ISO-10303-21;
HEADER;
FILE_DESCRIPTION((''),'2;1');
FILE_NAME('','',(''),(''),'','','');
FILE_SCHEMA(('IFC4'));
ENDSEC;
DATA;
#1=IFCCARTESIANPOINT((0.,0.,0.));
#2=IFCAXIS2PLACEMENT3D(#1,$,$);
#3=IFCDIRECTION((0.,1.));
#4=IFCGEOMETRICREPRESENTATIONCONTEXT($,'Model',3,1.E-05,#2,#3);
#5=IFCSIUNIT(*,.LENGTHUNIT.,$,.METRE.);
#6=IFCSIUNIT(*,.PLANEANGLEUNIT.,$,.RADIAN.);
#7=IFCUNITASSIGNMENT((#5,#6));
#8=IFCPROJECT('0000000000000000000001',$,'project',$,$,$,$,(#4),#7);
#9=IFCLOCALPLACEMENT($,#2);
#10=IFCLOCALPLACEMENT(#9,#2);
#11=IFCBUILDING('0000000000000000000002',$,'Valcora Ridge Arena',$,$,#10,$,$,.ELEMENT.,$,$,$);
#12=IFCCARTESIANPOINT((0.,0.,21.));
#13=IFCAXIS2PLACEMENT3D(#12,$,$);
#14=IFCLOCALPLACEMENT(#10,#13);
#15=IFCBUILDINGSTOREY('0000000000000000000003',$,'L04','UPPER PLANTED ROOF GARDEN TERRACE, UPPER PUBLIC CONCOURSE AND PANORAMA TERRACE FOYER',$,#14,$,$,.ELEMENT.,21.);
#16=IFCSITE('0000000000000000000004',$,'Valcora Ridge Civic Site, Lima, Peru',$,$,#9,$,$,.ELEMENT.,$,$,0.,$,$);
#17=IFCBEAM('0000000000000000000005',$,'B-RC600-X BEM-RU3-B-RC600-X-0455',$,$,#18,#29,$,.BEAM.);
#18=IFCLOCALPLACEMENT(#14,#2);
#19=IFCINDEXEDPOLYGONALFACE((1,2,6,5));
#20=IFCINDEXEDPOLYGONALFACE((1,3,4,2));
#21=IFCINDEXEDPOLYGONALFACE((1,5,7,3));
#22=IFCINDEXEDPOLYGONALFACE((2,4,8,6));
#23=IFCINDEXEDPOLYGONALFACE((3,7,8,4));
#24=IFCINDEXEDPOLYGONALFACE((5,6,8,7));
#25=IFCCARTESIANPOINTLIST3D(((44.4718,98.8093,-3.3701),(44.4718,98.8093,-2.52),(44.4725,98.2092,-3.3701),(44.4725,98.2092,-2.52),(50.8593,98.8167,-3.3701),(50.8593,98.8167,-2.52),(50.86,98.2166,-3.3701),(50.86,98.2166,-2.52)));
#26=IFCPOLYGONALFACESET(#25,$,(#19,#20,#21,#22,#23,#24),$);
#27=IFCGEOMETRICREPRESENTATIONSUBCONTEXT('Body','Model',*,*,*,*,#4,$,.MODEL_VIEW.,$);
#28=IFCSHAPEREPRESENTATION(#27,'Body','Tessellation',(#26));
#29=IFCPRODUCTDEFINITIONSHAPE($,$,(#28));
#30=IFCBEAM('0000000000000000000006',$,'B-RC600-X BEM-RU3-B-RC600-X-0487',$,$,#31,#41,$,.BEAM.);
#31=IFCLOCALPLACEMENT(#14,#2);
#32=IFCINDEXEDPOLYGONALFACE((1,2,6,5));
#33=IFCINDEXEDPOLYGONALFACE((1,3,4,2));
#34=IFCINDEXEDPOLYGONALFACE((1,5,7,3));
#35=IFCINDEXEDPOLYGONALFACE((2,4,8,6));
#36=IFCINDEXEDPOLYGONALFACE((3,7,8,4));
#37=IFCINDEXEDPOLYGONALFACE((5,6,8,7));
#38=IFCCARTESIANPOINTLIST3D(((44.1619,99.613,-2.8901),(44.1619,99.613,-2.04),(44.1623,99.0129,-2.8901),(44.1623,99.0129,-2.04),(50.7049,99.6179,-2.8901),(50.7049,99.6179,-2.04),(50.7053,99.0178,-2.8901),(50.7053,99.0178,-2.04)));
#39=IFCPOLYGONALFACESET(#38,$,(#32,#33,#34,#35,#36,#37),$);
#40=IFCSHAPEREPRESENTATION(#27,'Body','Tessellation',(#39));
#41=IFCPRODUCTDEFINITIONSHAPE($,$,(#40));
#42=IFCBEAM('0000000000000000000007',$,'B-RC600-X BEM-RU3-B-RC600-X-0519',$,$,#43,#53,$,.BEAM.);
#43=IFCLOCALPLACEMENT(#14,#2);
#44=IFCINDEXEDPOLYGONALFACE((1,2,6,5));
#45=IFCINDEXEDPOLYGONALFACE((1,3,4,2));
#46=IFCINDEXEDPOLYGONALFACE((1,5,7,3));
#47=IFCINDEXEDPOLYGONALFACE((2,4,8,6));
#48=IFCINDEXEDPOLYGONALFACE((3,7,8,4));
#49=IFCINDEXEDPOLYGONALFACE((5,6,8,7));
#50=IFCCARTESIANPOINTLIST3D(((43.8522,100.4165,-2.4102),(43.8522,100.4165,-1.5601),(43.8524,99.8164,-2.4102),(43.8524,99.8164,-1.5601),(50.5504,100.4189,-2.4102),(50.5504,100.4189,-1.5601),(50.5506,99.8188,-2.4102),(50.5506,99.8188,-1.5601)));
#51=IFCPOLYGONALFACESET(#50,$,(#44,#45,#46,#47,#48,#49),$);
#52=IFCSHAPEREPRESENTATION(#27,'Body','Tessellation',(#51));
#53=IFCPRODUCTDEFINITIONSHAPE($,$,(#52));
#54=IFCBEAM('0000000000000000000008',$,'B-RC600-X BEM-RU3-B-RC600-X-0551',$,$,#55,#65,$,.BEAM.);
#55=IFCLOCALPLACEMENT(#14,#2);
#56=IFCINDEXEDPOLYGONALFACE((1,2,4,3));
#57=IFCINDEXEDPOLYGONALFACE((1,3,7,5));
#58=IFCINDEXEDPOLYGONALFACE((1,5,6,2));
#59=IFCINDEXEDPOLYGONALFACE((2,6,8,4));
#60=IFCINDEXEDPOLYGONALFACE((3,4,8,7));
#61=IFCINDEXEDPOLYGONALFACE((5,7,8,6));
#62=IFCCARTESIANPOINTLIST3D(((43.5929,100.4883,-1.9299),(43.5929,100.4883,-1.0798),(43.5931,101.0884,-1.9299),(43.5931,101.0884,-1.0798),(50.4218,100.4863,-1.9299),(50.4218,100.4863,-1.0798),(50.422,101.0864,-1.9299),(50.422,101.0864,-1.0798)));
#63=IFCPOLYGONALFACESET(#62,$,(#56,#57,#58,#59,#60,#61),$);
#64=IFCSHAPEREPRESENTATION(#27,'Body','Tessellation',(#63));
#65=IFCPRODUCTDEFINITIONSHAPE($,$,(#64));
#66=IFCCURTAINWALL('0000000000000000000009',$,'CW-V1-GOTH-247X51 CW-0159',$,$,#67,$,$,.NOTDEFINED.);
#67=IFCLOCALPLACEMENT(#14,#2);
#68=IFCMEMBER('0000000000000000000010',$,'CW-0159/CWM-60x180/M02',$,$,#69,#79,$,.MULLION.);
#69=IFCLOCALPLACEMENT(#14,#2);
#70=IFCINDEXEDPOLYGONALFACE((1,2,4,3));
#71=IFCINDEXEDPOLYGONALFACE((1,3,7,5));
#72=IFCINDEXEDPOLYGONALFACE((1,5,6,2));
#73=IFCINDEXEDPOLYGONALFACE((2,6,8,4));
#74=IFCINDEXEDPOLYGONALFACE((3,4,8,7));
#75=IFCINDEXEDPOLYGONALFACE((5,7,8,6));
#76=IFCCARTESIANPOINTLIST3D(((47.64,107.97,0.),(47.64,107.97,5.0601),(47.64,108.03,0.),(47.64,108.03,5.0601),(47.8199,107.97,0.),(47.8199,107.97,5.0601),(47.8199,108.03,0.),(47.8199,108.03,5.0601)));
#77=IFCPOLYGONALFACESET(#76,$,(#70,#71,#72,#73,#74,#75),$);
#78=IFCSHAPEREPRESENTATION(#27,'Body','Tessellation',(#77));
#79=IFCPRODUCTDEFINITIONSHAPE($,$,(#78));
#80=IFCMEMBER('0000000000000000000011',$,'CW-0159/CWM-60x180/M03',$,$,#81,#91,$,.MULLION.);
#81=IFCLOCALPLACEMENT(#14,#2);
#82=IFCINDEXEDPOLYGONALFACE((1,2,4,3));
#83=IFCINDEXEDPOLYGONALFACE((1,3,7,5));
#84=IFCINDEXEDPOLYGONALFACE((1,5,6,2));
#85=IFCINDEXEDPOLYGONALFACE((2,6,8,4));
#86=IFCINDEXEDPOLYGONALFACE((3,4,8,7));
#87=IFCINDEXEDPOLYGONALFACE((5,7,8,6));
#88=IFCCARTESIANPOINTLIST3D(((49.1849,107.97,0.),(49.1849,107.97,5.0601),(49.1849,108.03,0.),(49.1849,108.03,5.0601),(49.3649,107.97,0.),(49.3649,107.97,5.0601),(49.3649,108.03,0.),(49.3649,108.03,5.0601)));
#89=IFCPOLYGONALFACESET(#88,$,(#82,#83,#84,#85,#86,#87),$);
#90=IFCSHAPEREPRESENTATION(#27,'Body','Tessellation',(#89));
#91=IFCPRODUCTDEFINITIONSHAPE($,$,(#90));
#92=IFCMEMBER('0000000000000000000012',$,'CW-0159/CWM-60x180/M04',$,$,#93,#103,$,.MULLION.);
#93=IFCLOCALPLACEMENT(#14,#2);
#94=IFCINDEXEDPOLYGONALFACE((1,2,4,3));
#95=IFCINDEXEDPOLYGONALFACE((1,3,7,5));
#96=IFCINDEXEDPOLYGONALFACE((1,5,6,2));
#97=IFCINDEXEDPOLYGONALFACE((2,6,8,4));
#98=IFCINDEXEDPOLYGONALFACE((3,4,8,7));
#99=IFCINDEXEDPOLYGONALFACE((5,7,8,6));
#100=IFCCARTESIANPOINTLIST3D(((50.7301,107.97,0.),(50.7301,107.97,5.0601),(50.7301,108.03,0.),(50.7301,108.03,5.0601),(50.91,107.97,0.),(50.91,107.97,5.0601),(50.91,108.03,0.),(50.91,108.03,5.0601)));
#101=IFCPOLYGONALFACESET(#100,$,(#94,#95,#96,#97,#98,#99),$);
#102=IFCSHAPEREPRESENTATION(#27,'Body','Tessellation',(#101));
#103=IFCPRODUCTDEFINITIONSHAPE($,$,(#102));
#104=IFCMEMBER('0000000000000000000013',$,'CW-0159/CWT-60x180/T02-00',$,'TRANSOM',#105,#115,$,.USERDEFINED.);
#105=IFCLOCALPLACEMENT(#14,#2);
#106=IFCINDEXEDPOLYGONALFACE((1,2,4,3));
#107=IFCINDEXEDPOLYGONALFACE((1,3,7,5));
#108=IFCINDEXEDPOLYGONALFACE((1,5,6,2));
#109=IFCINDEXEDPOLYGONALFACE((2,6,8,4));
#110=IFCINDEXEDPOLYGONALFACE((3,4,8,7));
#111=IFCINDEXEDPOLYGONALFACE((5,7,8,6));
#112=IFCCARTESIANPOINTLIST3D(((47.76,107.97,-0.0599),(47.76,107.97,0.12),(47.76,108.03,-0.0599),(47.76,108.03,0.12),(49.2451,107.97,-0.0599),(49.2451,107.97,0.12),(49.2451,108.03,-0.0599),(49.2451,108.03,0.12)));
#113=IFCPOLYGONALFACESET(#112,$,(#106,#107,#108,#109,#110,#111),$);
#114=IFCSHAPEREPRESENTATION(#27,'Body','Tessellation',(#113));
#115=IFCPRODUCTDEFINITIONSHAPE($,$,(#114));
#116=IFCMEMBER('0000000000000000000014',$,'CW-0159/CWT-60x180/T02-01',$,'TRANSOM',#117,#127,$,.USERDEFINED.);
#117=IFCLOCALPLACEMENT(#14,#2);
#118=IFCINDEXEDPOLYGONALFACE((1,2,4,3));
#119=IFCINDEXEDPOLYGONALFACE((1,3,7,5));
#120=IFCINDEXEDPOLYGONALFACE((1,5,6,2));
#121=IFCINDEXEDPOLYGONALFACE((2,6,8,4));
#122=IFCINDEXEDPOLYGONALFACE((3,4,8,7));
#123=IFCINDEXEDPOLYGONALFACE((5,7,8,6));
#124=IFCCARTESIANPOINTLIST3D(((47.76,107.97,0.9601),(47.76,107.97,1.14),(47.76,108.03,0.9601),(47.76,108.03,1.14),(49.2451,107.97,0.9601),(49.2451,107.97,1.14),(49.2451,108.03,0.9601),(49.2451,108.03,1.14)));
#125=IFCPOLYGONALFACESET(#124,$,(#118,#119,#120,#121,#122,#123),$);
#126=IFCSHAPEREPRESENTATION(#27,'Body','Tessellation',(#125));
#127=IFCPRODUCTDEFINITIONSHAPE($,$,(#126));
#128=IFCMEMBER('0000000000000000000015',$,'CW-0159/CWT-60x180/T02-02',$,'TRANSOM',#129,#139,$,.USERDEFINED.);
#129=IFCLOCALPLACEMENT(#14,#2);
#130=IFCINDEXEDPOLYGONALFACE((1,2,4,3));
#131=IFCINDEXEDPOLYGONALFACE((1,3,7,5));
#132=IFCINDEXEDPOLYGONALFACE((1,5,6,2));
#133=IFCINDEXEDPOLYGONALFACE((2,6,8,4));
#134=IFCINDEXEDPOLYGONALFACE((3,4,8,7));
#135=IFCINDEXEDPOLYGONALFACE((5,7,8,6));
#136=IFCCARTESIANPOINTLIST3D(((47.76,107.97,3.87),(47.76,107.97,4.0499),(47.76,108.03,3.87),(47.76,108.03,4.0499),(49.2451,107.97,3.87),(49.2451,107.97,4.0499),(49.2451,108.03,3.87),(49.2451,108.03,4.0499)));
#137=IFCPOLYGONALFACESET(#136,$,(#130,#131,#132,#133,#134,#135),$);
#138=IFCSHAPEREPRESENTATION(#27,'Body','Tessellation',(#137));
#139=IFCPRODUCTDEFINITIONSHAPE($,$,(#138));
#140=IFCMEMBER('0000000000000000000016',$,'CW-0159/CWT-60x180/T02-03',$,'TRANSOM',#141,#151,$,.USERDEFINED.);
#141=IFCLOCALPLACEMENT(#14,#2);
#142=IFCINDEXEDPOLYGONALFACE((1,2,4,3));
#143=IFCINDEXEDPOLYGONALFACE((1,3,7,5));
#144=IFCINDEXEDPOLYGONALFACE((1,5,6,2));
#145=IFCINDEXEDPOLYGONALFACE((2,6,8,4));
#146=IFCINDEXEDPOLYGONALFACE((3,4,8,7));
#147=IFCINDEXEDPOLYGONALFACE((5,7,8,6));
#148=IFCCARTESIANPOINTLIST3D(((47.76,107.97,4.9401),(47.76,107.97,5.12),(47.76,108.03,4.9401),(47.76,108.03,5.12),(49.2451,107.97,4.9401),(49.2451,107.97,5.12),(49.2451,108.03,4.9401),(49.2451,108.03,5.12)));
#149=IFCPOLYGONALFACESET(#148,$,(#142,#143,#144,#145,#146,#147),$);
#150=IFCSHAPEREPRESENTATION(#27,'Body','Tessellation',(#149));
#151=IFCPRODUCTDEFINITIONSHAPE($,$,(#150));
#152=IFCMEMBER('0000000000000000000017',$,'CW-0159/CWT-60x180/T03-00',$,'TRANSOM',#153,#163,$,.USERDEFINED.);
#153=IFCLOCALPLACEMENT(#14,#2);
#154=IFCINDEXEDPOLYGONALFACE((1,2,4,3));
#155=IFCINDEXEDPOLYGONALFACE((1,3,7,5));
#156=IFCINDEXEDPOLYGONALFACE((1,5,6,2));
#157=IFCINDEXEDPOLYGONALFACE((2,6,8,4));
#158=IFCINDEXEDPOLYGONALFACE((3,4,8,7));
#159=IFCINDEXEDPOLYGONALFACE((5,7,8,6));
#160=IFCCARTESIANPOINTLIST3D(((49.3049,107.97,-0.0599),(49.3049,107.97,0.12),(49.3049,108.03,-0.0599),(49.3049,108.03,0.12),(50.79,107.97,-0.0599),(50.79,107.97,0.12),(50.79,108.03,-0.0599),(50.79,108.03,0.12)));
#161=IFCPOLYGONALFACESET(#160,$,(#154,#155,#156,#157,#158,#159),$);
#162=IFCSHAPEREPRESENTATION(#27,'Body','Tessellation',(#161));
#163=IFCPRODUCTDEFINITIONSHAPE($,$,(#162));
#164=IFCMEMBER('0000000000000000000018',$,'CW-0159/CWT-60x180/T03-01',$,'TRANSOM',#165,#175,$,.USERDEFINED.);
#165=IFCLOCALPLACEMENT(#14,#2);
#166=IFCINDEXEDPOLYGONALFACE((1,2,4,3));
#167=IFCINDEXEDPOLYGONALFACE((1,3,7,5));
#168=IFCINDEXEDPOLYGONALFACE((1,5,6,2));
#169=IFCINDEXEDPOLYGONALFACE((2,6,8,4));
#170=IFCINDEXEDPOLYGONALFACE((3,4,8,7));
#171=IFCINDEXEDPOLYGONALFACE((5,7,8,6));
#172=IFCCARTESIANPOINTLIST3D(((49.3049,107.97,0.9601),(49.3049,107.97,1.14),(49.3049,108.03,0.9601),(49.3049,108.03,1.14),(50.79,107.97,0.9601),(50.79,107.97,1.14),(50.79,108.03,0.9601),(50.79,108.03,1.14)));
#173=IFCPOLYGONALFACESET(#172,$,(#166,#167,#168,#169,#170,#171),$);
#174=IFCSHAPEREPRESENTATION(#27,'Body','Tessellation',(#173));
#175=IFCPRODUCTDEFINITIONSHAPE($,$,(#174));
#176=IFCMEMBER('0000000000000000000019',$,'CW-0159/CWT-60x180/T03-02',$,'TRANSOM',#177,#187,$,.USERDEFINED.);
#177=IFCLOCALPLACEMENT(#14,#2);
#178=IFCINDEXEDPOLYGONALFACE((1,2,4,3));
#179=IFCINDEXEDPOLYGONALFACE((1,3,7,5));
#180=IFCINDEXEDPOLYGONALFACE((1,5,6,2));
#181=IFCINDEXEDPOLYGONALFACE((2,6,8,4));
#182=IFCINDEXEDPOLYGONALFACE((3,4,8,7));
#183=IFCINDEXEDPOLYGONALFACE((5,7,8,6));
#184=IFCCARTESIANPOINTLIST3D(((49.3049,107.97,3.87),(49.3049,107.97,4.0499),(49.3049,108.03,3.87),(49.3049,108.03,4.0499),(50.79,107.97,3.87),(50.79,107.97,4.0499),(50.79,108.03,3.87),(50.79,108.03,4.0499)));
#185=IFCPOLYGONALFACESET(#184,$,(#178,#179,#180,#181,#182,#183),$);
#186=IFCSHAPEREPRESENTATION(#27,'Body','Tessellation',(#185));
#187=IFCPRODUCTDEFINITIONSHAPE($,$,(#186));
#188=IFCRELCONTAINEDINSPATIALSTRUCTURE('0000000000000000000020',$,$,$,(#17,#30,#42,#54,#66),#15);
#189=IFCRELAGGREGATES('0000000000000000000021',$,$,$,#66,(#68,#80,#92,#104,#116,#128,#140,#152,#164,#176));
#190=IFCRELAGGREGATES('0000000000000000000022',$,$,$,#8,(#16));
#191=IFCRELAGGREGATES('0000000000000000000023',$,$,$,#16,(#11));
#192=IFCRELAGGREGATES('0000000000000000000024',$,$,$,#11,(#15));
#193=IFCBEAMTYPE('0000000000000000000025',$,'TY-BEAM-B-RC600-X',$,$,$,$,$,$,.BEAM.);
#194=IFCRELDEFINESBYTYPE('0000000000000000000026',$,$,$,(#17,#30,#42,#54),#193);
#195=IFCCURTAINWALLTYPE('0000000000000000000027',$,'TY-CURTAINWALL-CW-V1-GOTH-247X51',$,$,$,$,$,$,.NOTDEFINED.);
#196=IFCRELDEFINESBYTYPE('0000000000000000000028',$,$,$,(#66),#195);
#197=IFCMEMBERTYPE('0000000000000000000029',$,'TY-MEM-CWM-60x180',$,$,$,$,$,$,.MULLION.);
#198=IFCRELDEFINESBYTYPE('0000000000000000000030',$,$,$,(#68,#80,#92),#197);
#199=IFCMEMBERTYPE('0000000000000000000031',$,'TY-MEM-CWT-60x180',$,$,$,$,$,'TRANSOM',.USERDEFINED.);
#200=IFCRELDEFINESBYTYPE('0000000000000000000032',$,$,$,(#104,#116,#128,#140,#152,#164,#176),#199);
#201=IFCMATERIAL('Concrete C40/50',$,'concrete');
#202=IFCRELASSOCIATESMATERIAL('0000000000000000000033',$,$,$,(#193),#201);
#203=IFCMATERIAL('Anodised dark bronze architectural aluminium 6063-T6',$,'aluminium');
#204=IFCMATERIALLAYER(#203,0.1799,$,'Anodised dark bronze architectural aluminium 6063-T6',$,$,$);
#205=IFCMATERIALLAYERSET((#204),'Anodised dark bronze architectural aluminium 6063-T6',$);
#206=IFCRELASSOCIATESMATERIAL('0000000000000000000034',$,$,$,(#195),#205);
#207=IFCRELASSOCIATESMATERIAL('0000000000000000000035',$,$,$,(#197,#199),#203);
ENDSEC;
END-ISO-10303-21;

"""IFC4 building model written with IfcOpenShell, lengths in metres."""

from ifc_helpers import new_model, si_unit, direction, frame, origin, origin_2d, place, context, subcontext, project, spatial, rectangle, extrude, material, layer, layer_set, material_profile, profile_set, type_object, element, aggregate, save


model = new_model("IFC4")

# Units and contexts
model_context = context("Model", 3, precision=1e-05, world=origin(), true_north=direction((0.0, 1.0)))
body_context = subcontext(model_context, "Body", "Model", "MODEL_VIEW")
ifc_project = project(units=[si_unit("LENGTHUNIT", "METRE"), si_unit("PLANEANGLEUNIT", "RADIAN")], contexts=[model_context])

# Site, building, storey
site_placement = place(None, origin())
site = spatial("IfcSite", under=ifc_project, at=site_placement, Name="Valcora Ridge Civic Site, Lima, Peru", CompositionType="ELEMENT", RefElevation=0.0)
building_placement = place(site_placement, origin())
building = spatial("IfcBuilding", under=site, at=building_placement, Name="Valcora Ridge Arena", CompositionType="ELEMENT")
storey_placement = place(building_placement, frame((0.0, 0.0, 21.0)))
storey = spatial("IfcBuildingStorey", under=building, at=storey_placement, Name="L04", Description="UPPER PLANTED ROOF GARDEN TERRACE, UPPER PUBLIC CONCOURSE AND PANORAMA TERRACE FOYER", CompositionType="ELEMENT", Elevation=21.0)

# Beams
ifc_material_1 = material(Name="Concrete C40/50", Category="concrete")
ifc_material_profile_1 = material_profile(ifc_material_1, rectangle(XDim=0.6001, YDim=0.8501, at=origin_2d()), Name="RC 600x850")
ifc_profile_set_1 = profile_set([ifc_material_profile_1], Name="Concrete C40/50")
beam_type = type_object("IfcBeamType", Name="TY-BEAM-B-RC600-X", PredefinedType="BEAM", material=ifc_profile_set_1)
beam_1_placement = place(storey_placement, frame((50.8596, 98.5166, -2.9451), z_axis=(-0.999999, -0.001147, 0.0), x_axis=(0.001147, -0.999999, 0.0)))
element("IfcBeam", 1, at=beam_1_placement, inside=storey, type_object=beam_type, Name="B-RC600-X BEM-RU3-B-RC600-X-0455", PredefinedType="BEAM", context=body_context, shape_type="SweptSolid", body=[
    extrude(rectangle(XDim=0.6001, YDim=0.8501, at=origin_2d()), origin(), (0.0, 0.0, 1.0), 6.3875),
])
beam_2_placement = place(storey_placement, frame((50.7051, 99.3179, -2.4651), z_axis=(-1.0, -0.000746, 0.0), x_axis=(0.000746, -1.0, 0.0)))
element("IfcBeam", 2, at=beam_2_placement, inside=storey, type_object=beam_type, Name="B-RC600-X BEM-RU3-B-RC600-X-0487", PredefinedType="BEAM", context=body_context, shape_type="SweptSolid", body=[
    extrude(rectangle(XDim=0.6001, YDim=0.8501, at=origin_2d()), origin(), (0.0, 0.0, 1.0), 6.543),
])
beam_3_placement = place(storey_placement, frame((50.5505, 100.1189, -1.9851), z_axis=(-1.0, -0.000364, 0.0), x_axis=(0.000364, -1.0, 0.0)))
element("IfcBeam", 3, at=beam_3_placement, inside=storey, type_object=beam_type, Name="B-RC600-X BEM-RU3-B-RC600-X-0519", PredefinedType="BEAM", context=body_context, shape_type="SweptSolid", body=[
    extrude(rectangle(XDim=0.6001, YDim=0.8501, at=origin_2d()), origin(), (0.0, 0.0, 1.0), 6.6982),
])
beam_4_placement = place(storey_placement, frame((50.4219, 100.7864, -1.5049), z_axis=(-1.0, 0.000286, 0.0), x_axis=(-0.000286, -1.0, 0.0)))
element("IfcBeam", 4, at=beam_4_placement, inside=storey, type_object=beam_type, Name="B-RC600-X BEM-RU3-B-RC600-X-0551", PredefinedType="BEAM", context=body_context, shape_type="SweptSolid", body=[
    extrude(rectangle(XDim=0.6001, YDim=0.8501, at=origin_2d()), origin(), (0.0, 0.0, 1.0), 6.8289),
])

# Curtain wall, members
ifc_material_2 = material(Name="Anodised dark bronze architectural aluminium 6063-T6", Category="aluminium")
ifc_layer_1 = layer(ifc_material_2, 0.1799, Name="Anodised dark bronze architectural aluminium 6063-T6")
ifc_layer_set_1 = layer_set([ifc_layer_1], Name="Anodised dark bronze architectural aluminium 6063-T6")
curtain_wall_type = type_object("IfcCurtainWallType", Name="TY-CURTAINWALL-CW-V1-GOTH-247X51", PredefinedType="NOTDEFINED", material=ifc_layer_set_1)
curtain_wall_placement = place(storey_placement, origin())
curtain_wall = element("IfcCurtainWall", 5, at=curtain_wall_placement, inside=storey, type_object=curtain_wall_type, Name="CW-V1-GOTH-247X51 CW-0159", PredefinedType="NOTDEFINED")
ifc_material_profile_2 = material_profile(ifc_material_2, rectangle(XDim=0.0601, YDim=0.1799, at=origin_2d()), Name="ALU MULLION 60x180")
ifc_profile_set_2 = profile_set([ifc_material_profile_2], Name="Anodised dark bronze architectural aluminium 6063-T6")
member_type_1 = type_object("IfcMemberType", Name="TY-MEM-CWM-60x180", PredefinedType="MULLION", material=ifc_profile_set_2)
member_1_placement = place(storey_placement, frame((47.73, 108.0, 0.0), z_axis=(0.0, 0.0, 1.0), x_axis=(0.0, 1.0, 0.0)))
member_1 = element("IfcMember", 6, at=member_1_placement, type_object=member_type_1, Name="CW-0159/CWM-60x180/M02", PredefinedType="MULLION", context=body_context, shape_type="SweptSolid", body=[
    extrude(rectangle(XDim=0.0601, YDim=0.1799, at=origin_2d()), origin(), (0.0, 0.0, 1.0), 5.0601),
])
member_2_placement = place(storey_placement, frame((49.2749, 108.0, 0.0), z_axis=(0.0, 0.0, 1.0), x_axis=(0.0, 1.0, 0.0)))
member_2 = element("IfcMember", 7, at=member_2_placement, type_object=member_type_1, Name="CW-0159/CWM-60x180/M03", PredefinedType="MULLION", context=body_context, shape_type="SweptSolid", body=[
    extrude(rectangle(XDim=0.0601, YDim=0.1799, at=origin_2d()), origin(), (0.0, 0.0, 1.0), 5.0601),
])
member_3_placement = place(storey_placement, frame((50.8201, 108.0, 0.0), z_axis=(0.0, 0.0, 1.0), x_axis=(0.0, 1.0, 0.0)))
member_3 = element("IfcMember", 8, at=member_3_placement, type_object=member_type_1, Name="CW-0159/CWM-60x180/M04", PredefinedType="MULLION", context=body_context, shape_type="SweptSolid", body=[
    extrude(rectangle(XDim=0.0601, YDim=0.1799, at=origin_2d()), origin(), (0.0, 0.0, 1.0), 5.0601),
])
ifc_material_profile_3 = material_profile(ifc_material_2, rectangle(XDim=0.0601, YDim=0.1799, at=origin_2d()), Name="ALU TRANSOM 60x180")
ifc_profile_set_3 = profile_set([ifc_material_profile_3], Name="Anodised dark bronze architectural aluminium 6063-T6")
member_type_2 = type_object("IfcMemberType", Name="TY-MEM-CWT-60x180", ElementType="TRANSOM", PredefinedType="USERDEFINED", material=ifc_profile_set_3)
member_4_placement = place(storey_placement, frame((47.76, 108.0, 0.03), z_axis=(1.0, 0.0, 0.0), x_axis=(0.0, 1.0, 0.0)))
member_4 = element("IfcMember", 9, at=member_4_placement, type_object=member_type_2, Name="CW-0159/CWT-60x180/T02-00", ObjectType="TRANSOM", PredefinedType="USERDEFINED", context=body_context, shape_type="SweptSolid", body=[
    extrude(rectangle(XDim=0.0601, YDim=0.1799, at=origin_2d()), origin(), (0.0, 0.0, 1.0), 1.4851),
])
member_5_placement = place(storey_placement, frame((47.76, 108.0, 1.05), z_axis=(1.0, 0.0, 0.0), x_axis=(0.0, 1.0, 0.0)))
member_5 = element("IfcMember", 10, at=member_5_placement, type_object=member_type_2, Name="CW-0159/CWT-60x180/T02-01", ObjectType="TRANSOM", PredefinedType="USERDEFINED", context=body_context, shape_type="SweptSolid", body=[
    extrude(rectangle(XDim=0.0601, YDim=0.1799, at=origin_2d()), origin(), (0.0, 0.0, 1.0), 1.4851),
])
member_6_placement = place(storey_placement, frame((47.76, 108.0, 3.96), z_axis=(1.0, 0.0, 0.0), x_axis=(0.0, 1.0, 0.0)))
member_6 = element("IfcMember", 11, at=member_6_placement, type_object=member_type_2, Name="CW-0159/CWT-60x180/T02-02", ObjectType="TRANSOM", PredefinedType="USERDEFINED", context=body_context, shape_type="SweptSolid", body=[
    extrude(rectangle(XDim=0.0601, YDim=0.1799, at=origin_2d()), origin(), (0.0, 0.0, 1.0), 1.4851),
])
member_7_placement = place(storey_placement, frame((47.76, 108.0, 5.03), z_axis=(1.0, 0.0, 0.0), x_axis=(0.0, 1.0, 0.0)))
member_7 = element("IfcMember", 12, at=member_7_placement, type_object=member_type_2, Name="CW-0159/CWT-60x180/T02-03", ObjectType="TRANSOM", PredefinedType="USERDEFINED", context=body_context, shape_type="SweptSolid", body=[
    extrude(rectangle(XDim=0.0601, YDim=0.1799, at=origin_2d()), origin(), (0.0, 0.0, 1.0), 1.4851),
])
member_8_placement = place(storey_placement, frame((49.3049, 108.0, 0.03), z_axis=(1.0, 0.0, 0.0), x_axis=(0.0, 1.0, 0.0)))
member_8 = element("IfcMember", 13, at=member_8_placement, type_object=member_type_2, Name="CW-0159/CWT-60x180/T03-00", ObjectType="TRANSOM", PredefinedType="USERDEFINED", context=body_context, shape_type="SweptSolid", body=[
    extrude(rectangle(XDim=0.0601, YDim=0.1799, at=origin_2d()), origin(), (0.0, 0.0, 1.0), 1.4851),
])
member_9_placement = place(storey_placement, frame((49.3049, 108.0, 1.05), z_axis=(1.0, 0.0, 0.0), x_axis=(0.0, 1.0, 0.0)))
member_9 = element("IfcMember", 14, at=member_9_placement, type_object=member_type_2, Name="CW-0159/CWT-60x180/T03-01", ObjectType="TRANSOM", PredefinedType="USERDEFINED", context=body_context, shape_type="SweptSolid", body=[
    extrude(rectangle(XDim=0.0601, YDim=0.1799, at=origin_2d()), origin(), (0.0, 0.0, 1.0), 1.4851),
])
member_10_placement = place(storey_placement, frame((49.3049, 108.0, 3.96), z_axis=(1.0, 0.0, 0.0), x_axis=(0.0, 1.0, 0.0)))
member_10 = element("IfcMember", 15, at=member_10_placement, type_object=member_type_2, Name="CW-0159/CWT-60x180/T03-02", ObjectType="TRANSOM", PredefinedType="USERDEFINED", context=body_context, shape_type="SweptSolid", body=[
    extrude(rectangle(XDim=0.0601, YDim=0.1799, at=origin_2d()), origin(), (0.0, 0.0, 1.0), 1.4851),
])
aggregate(curtain_wall, [member_1, member_2, member_3, member_4, member_5, member_6, member_7, member_8, member_9, member_10])

save(model, "model.ifc")
